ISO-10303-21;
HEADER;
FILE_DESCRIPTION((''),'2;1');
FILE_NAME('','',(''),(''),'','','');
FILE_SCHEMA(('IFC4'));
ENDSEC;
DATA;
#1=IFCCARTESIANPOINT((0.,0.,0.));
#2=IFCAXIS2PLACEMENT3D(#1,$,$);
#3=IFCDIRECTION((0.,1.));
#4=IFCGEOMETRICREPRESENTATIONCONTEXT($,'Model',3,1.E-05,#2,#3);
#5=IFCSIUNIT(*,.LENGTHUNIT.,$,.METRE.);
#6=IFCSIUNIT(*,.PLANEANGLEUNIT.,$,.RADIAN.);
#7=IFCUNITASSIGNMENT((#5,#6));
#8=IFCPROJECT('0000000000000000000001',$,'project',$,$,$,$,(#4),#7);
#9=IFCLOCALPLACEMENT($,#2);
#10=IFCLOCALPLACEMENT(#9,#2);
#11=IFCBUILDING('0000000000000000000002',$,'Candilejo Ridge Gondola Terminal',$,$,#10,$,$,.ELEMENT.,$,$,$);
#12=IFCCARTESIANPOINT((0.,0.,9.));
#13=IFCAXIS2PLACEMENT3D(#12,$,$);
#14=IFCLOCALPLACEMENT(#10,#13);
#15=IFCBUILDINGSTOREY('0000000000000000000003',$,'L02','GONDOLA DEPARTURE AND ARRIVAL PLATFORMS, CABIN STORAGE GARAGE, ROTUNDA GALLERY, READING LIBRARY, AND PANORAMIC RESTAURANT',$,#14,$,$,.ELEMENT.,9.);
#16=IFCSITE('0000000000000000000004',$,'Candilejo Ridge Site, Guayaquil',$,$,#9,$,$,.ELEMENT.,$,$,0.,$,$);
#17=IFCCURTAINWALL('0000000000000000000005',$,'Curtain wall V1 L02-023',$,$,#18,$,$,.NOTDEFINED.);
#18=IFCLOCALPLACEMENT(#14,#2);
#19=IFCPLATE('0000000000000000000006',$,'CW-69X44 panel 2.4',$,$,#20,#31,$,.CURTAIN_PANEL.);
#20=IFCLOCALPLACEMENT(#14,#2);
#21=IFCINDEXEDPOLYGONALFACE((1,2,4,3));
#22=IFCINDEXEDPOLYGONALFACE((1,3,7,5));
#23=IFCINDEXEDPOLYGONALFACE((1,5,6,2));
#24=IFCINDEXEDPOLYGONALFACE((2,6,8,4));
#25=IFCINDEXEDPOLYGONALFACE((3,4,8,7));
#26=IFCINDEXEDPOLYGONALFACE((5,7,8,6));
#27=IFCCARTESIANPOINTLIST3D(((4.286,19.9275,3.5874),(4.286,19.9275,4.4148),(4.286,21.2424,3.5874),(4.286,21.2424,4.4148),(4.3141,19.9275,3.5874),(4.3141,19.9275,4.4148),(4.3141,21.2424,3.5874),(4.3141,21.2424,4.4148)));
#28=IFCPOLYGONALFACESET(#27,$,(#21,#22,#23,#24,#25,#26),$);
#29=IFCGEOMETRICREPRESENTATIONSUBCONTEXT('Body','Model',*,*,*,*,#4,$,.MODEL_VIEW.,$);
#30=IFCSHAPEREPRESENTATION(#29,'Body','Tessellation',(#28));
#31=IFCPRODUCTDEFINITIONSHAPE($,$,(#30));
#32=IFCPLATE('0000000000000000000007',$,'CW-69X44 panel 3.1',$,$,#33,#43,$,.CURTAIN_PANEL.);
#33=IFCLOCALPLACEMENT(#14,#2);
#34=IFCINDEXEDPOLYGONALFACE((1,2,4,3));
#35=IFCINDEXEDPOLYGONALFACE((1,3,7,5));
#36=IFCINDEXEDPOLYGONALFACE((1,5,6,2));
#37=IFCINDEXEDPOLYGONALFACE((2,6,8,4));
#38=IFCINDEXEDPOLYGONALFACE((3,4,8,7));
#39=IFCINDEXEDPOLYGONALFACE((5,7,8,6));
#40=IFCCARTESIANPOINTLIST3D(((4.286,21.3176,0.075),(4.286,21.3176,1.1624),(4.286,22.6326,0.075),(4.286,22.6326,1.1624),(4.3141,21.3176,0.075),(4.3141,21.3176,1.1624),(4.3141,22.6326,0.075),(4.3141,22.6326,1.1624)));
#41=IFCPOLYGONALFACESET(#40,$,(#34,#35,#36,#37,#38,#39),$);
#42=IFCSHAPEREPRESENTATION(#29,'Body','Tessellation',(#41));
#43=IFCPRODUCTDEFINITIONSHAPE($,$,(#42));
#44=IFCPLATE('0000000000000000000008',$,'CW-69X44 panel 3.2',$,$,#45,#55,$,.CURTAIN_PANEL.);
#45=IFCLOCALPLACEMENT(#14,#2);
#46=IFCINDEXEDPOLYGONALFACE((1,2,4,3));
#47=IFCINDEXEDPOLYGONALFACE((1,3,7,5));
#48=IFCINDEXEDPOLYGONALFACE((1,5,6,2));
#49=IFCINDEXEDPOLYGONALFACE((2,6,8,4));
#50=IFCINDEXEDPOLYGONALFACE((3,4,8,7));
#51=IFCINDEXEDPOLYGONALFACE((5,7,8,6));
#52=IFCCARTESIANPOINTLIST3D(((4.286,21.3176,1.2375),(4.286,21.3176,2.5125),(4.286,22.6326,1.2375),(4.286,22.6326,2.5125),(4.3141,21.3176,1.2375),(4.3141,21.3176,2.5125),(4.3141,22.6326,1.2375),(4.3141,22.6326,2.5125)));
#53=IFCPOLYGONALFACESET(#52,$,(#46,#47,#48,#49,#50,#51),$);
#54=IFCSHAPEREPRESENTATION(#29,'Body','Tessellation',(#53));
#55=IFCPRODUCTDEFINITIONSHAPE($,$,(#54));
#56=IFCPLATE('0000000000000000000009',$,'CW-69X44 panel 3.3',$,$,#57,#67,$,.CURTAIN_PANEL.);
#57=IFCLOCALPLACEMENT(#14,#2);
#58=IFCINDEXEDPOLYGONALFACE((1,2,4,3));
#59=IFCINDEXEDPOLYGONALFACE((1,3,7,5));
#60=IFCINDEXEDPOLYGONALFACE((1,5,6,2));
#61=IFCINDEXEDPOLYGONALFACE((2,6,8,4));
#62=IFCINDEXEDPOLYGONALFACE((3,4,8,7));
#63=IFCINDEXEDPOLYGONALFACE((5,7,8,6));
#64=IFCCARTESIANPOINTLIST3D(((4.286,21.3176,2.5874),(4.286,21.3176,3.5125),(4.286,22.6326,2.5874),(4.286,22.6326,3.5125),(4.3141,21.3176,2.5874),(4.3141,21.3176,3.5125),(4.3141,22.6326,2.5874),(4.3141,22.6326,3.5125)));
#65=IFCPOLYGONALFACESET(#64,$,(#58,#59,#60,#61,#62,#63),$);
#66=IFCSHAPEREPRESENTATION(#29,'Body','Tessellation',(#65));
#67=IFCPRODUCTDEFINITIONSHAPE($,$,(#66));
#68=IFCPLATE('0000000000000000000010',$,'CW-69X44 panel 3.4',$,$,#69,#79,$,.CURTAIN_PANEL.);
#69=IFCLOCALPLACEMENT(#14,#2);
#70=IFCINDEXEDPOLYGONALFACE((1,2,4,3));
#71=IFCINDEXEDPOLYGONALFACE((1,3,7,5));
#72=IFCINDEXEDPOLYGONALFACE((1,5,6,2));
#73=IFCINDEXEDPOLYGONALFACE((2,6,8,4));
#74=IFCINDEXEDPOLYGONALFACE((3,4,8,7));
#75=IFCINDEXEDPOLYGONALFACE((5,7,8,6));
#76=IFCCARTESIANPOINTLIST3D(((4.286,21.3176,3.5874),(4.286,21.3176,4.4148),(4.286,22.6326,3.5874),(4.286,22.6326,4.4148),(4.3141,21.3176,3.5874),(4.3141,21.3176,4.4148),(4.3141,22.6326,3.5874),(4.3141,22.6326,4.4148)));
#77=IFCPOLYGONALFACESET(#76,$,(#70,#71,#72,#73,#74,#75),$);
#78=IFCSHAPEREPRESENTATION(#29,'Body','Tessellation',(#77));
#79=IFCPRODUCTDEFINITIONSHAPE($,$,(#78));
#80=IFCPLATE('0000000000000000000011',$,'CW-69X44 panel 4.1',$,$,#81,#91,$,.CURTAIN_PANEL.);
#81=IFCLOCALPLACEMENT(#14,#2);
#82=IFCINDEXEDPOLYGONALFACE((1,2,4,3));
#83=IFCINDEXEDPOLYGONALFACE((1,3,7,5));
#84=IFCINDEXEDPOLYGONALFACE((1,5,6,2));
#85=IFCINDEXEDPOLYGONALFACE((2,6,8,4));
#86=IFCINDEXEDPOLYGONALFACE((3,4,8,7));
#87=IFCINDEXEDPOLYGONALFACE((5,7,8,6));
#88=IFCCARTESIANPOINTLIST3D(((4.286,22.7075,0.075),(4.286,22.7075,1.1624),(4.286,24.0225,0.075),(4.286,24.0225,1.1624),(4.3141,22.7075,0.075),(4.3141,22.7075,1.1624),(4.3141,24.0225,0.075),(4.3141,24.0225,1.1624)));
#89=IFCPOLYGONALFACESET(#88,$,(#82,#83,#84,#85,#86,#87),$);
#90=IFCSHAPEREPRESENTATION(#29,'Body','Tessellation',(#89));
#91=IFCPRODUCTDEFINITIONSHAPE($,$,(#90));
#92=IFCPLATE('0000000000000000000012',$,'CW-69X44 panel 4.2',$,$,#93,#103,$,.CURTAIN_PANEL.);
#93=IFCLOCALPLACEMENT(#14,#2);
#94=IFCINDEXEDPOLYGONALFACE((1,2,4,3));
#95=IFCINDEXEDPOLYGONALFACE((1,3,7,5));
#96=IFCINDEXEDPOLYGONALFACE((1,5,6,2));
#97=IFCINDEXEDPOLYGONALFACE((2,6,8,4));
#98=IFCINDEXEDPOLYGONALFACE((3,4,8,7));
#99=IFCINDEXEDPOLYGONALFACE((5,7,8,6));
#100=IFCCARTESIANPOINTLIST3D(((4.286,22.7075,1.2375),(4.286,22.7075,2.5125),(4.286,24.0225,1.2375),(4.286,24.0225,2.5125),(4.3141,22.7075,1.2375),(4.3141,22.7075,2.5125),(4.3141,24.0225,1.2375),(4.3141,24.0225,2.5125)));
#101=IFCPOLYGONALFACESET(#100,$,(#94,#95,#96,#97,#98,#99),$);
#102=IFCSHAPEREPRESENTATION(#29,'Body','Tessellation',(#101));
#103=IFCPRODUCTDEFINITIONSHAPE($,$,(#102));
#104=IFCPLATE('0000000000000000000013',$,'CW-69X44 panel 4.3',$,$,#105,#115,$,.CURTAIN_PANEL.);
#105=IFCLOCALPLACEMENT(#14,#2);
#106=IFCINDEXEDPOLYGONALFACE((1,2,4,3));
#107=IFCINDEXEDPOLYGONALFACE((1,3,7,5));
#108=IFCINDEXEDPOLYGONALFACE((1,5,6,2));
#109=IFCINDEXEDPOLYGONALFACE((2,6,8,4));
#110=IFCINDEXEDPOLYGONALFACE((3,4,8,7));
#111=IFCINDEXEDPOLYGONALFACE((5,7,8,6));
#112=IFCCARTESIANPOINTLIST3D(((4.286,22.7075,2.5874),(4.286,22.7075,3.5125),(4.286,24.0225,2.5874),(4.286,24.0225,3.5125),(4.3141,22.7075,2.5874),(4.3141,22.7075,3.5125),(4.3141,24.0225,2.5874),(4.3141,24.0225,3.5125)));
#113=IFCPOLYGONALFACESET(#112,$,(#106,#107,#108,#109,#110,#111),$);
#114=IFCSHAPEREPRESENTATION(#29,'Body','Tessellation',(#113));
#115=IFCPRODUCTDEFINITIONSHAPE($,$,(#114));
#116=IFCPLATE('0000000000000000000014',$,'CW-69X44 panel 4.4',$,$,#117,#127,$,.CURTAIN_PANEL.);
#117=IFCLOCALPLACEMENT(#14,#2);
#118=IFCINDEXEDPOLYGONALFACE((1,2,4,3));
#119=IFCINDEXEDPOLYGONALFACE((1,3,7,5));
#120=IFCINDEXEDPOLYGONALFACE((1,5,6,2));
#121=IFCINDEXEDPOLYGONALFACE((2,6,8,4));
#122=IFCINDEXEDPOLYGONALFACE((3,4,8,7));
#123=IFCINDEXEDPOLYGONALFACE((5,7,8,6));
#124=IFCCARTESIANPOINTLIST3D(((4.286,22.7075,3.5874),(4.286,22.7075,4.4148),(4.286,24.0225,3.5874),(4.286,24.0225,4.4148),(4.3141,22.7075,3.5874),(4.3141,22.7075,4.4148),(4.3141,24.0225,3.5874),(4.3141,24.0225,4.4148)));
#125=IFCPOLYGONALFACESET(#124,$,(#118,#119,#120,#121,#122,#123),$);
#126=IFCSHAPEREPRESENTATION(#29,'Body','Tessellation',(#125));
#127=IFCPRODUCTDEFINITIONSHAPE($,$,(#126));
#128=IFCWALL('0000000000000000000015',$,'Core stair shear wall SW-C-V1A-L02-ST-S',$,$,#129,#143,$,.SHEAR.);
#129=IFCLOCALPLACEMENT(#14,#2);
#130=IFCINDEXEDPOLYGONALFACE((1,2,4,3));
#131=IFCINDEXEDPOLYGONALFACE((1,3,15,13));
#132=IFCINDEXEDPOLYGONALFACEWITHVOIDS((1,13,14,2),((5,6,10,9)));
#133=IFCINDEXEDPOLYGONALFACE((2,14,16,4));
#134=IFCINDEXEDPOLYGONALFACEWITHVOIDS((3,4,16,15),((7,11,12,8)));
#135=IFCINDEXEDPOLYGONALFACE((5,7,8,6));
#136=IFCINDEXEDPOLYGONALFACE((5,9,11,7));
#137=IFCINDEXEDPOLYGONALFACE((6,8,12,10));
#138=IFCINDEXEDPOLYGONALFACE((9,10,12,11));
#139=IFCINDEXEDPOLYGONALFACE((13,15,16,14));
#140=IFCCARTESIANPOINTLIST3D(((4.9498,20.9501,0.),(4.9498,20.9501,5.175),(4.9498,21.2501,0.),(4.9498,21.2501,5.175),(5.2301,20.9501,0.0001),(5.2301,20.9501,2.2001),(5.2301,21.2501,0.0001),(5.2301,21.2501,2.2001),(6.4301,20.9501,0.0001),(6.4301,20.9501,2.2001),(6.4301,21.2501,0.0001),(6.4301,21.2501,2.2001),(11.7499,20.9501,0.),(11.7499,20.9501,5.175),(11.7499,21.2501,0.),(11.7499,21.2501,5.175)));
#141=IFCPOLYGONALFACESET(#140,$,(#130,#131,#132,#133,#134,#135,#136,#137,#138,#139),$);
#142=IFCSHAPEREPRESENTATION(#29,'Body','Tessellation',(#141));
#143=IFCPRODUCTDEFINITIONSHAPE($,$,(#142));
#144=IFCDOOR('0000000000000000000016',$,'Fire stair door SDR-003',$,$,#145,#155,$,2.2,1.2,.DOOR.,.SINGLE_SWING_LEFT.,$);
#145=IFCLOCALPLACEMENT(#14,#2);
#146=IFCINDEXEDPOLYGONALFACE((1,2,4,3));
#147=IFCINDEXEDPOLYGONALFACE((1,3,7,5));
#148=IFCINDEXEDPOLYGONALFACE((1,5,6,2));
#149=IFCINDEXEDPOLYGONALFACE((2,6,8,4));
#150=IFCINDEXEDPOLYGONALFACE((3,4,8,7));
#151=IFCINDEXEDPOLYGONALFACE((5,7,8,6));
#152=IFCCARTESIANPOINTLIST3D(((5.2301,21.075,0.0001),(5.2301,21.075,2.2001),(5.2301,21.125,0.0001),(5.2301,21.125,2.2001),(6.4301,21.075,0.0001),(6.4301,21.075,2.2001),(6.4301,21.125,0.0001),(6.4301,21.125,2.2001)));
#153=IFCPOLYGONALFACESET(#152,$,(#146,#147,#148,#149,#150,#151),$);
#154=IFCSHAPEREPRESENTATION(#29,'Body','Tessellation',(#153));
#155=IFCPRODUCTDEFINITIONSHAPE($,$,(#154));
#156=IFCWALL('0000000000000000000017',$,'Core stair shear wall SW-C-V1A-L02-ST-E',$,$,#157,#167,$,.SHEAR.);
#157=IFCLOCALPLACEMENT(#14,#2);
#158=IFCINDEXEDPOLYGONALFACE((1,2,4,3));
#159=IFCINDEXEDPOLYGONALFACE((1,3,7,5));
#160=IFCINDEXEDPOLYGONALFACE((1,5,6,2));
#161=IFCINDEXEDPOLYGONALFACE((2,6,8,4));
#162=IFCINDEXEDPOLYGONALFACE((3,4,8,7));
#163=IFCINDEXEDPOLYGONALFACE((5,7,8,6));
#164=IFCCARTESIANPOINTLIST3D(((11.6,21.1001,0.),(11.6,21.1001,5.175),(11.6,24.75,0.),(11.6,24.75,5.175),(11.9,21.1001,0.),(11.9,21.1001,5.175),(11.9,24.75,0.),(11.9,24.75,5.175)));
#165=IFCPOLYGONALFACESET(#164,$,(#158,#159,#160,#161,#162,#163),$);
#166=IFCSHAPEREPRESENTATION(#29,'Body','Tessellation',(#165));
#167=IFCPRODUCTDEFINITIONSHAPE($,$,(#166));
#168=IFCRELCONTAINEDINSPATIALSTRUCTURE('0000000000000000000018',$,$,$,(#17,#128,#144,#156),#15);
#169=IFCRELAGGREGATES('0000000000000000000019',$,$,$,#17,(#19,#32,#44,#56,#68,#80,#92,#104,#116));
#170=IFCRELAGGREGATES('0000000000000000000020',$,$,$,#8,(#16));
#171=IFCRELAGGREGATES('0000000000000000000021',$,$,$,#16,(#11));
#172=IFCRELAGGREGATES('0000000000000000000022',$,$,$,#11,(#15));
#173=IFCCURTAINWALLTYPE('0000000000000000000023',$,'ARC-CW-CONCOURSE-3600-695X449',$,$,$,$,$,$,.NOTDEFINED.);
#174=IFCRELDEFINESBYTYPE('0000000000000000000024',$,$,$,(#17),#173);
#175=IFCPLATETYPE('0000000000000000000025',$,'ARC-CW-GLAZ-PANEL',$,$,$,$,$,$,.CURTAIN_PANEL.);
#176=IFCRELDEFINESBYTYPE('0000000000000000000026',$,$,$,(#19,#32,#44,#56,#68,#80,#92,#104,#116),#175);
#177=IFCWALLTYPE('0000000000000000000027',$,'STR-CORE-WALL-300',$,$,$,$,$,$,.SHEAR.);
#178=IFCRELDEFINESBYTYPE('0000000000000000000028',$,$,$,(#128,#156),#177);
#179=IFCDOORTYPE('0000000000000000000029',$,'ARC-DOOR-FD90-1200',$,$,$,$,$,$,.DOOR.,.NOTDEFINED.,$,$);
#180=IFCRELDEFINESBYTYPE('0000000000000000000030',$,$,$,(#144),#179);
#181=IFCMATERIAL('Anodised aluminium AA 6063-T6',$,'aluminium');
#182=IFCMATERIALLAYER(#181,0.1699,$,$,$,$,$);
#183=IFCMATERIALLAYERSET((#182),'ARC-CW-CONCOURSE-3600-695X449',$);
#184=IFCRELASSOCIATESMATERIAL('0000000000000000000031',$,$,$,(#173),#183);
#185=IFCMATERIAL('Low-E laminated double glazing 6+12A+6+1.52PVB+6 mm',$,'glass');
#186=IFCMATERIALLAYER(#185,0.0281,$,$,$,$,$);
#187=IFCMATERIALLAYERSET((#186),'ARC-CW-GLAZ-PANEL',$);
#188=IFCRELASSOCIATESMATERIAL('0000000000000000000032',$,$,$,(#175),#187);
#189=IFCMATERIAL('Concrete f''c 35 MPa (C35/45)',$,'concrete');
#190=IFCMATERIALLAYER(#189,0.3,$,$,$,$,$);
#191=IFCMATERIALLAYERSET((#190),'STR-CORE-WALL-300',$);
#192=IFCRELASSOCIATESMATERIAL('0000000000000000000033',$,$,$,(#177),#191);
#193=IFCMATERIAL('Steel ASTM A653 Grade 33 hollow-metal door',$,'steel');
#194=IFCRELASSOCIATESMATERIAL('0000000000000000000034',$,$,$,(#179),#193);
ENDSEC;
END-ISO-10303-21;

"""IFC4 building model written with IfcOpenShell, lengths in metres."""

from ifc_helpers import new_model, si_unit, direction, frame, frame_2d, origin, origin_2d, place, context, subcontext, project, spatial, rectangle, extrude, material, layer, layer_set, type_object, element, fill, aggregate, save


model = new_model("IFC4")

# Units and contexts
model_context = context("Model", 3, precision=1e-05, world=origin(), true_north=direction((0.0, 1.0)))
body_context = subcontext(model_context, "Body", "Model", "MODEL_VIEW")
ifc_project = project(units=[si_unit("LENGTHUNIT", "METRE"), si_unit("PLANEANGLEUNIT", "RADIAN")], contexts=[model_context])

# Site, building, storey
site_placement = place(None, origin())
site = spatial("IfcSite", under=ifc_project, at=site_placement, Name="Candilejo Ridge Site, Guayaquil", CompositionType="ELEMENT", RefElevation=0.0)
building_placement = place(site_placement, origin())
building = spatial("IfcBuilding", under=site, at=building_placement, Name="Candilejo Ridge Gondola Terminal", CompositionType="ELEMENT")
storey_placement = place(building_placement, frame((0.0, 0.0, 9.0)))
storey = spatial("IfcBuildingStorey", under=building, at=storey_placement, Name="L02", Description="GONDOLA DEPARTURE AND ARRIVAL PLATFORMS, CABIN STORAGE GARAGE, ROTUNDA GALLERY, READING LIBRARY, AND PANORAMIC RESTAURANT", CompositionType="ELEMENT", Elevation=9.0)

# Curtain wall, plates
ifc_material_1 = material(Name="Anodised aluminium AA 6063-T6", Category="aluminium")
ifc_layer_1 = layer(ifc_material_1, 0.1699)
ifc_layer_set_1 = layer_set([ifc_layer_1], Name="ARC-CW-CONCOURSE-3600-695X449")
curtain_wall_type = type_object("IfcCurtainWallType", Name="ARC-CW-CONCOURSE-3600-695X449", PredefinedType="NOTDEFINED", material=ifc_layer_set_1)
curtain_wall_placement = place(storey_placement, origin())
curtain_wall = element("IfcCurtainWall", 1, at=curtain_wall_placement, inside=storey, type_object=curtain_wall_type, Name="Curtain wall V1 L02-023", PredefinedType="NOTDEFINED")
ifc_material_2 = material(Name="Low-E laminated double glazing 6+12A+6+1.52PVB+6 mm", Category="glass")
ifc_layer_2 = layer(ifc_material_2, 0.0281)
ifc_layer_set_2 = layer_set([ifc_layer_2], Name="ARC-CW-GLAZ-PANEL")
plate_type = type_object("IfcPlateType", Name="ARC-CW-GLAZ-PANEL", PredefinedType="CURTAIN_PANEL", material=ifc_layer_set_2)
plate_1_placement = place(storey_placement, frame((4.3, 20.585, 3.5874), z_axis=(0.0, 0.0, 1.0), x_axis=(0.0, 1.0, 0.0)))
plate_1 = element("IfcPlate", 2, at=plate_1_placement, type_object=plate_type, Name="CW-69X44 panel 2.4", PredefinedType="CURTAIN_PANEL", context=body_context, shape_type="SweptSolid", body=[
    extrude(rectangle(XDim=1.3149, YDim=0.0281, at=origin_2d()), origin(), (0.0, 0.0, 1.0), 0.8274),
])
plate_2_placement = place(storey_placement, frame((4.3, 21.9751, 0.075), z_axis=(0.0, 0.0, 1.0), x_axis=(0.0, 1.0, 0.0)))
plate_2 = element("IfcPlate", 3, at=plate_2_placement, type_object=plate_type, Name="CW-69X44 panel 3.1", PredefinedType="CURTAIN_PANEL", context=body_context, shape_type="SweptSolid", body=[
    extrude(rectangle(XDim=1.3149, YDim=0.0281, at=origin_2d()), origin(), (0.0, 0.0, 1.0), 1.0874),
])
plate_3_placement = place(storey_placement, frame((4.3, 21.9751, 1.2375), z_axis=(0.0, 0.0, 1.0), x_axis=(0.0, 1.0, 0.0)))
plate_3 = element("IfcPlate", 4, at=plate_3_placement, type_object=plate_type, Name="CW-69X44 panel 3.2", PredefinedType="CURTAIN_PANEL", context=body_context, shape_type="SweptSolid", body=[
    extrude(rectangle(XDim=1.3149, YDim=0.0281, at=origin_2d()), origin(), (0.0, 0.0, 1.0), 1.2749),
])
plate_4_placement = place(storey_placement, frame((4.3, 21.9751, 2.5874), z_axis=(0.0, 0.0, 1.0), x_axis=(0.0, 1.0, 0.0)))
plate_4 = element("IfcPlate", 5, at=plate_4_placement, type_object=plate_type, Name="CW-69X44 panel 3.3", PredefinedType="CURTAIN_PANEL", context=body_context, shape_type="SweptSolid", body=[
    extrude(rectangle(XDim=1.3149, YDim=0.0281, at=origin_2d()), origin(), (0.0, 0.0, 1.0), 0.925),
])
plate_5_placement = place(storey_placement, frame((4.3, 21.9751, 3.5874), z_axis=(0.0, 0.0, 1.0), x_axis=(0.0, 1.0, 0.0)))
plate_5 = element("IfcPlate", 6, at=plate_5_placement, type_object=plate_type, Name="CW-69X44 panel 3.4", PredefinedType="CURTAIN_PANEL", context=body_context, shape_type="SweptSolid", body=[
    extrude(rectangle(XDim=1.3149, YDim=0.0281, at=origin_2d()), origin(), (0.0, 0.0, 1.0), 0.8274),
])
plate_6_placement = place(storey_placement, frame((4.3, 23.365, 0.075), z_axis=(0.0, 0.0, 1.0), x_axis=(0.0, 1.0, 0.0)))
plate_6 = element("IfcPlate", 7, at=plate_6_placement, type_object=plate_type, Name="CW-69X44 panel 4.1", PredefinedType="CURTAIN_PANEL", context=body_context, shape_type="SweptSolid", body=[
    extrude(rectangle(XDim=1.3149, YDim=0.0281, at=origin_2d()), origin(), (0.0, 0.0, 1.0), 1.0874),
])
plate_7_placement = place(storey_placement, frame((4.3, 23.365, 1.2375), z_axis=(0.0, 0.0, 1.0), x_axis=(0.0, 1.0, 0.0)))
plate_7 = element("IfcPlate", 8, at=plate_7_placement, type_object=plate_type, Name="CW-69X44 panel 4.2", PredefinedType="CURTAIN_PANEL", context=body_context, shape_type="SweptSolid", body=[
    extrude(rectangle(XDim=1.3149, YDim=0.0281, at=origin_2d()), origin(), (0.0, 0.0, 1.0), 1.2749),
])
plate_8_placement = place(storey_placement, frame((4.3, 23.365, 2.5874), z_axis=(0.0, 0.0, 1.0), x_axis=(0.0, 1.0, 0.0)))
plate_8 = element("IfcPlate", 9, at=plate_8_placement, type_object=plate_type, Name="CW-69X44 panel 4.3", PredefinedType="CURTAIN_PANEL", context=body_context, shape_type="SweptSolid", body=[
    extrude(rectangle(XDim=1.3149, YDim=0.0281, at=origin_2d()), origin(), (0.0, 0.0, 1.0), 0.925),
])
plate_9_placement = place(storey_placement, frame((4.3, 23.365, 3.5874), z_axis=(0.0, 0.0, 1.0), x_axis=(0.0, 1.0, 0.0)))
plate_9 = element("IfcPlate", 10, at=plate_9_placement, type_object=plate_type, Name="CW-69X44 panel 4.4", PredefinedType="CURTAIN_PANEL", context=body_context, shape_type="SweptSolid", body=[
    extrude(rectangle(XDim=1.3149, YDim=0.0281, at=origin_2d()), origin(), (0.0, 0.0, 1.0), 0.8274),
])
aggregate(curtain_wall, [plate_1, plate_2, plate_3, plate_4, plate_5, plate_6, plate_7, plate_8, plate_9])

# Wall, opening, door
ifc_material_3 = material(Name="Concrete f'c 35 MPa (C35/45)", Category="concrete")
ifc_layer_3 = layer(ifc_material_3, 0.3)
ifc_layer_set_3 = layer_set([ifc_layer_3], Name="STR-CORE-WALL-300")
wall_type = type_object("IfcWallType", Name="STR-CORE-WALL-300", PredefinedType="SHEAR", material=ifc_layer_set_3)
wall_1_placement = place(storey_placement, frame((4.95, 21.1001, 0.0), z_axis=(0.0, 0.0, 1.0), x_axis=(1.0, 0.0, 0.0)))
wall_1 = element("IfcWall", 11, at=wall_1_placement, inside=storey, type_object=wall_type, Name="Core stair shear wall SW-C-V1A-L02-ST-S", PredefinedType="SHEAR", context=body_context, shape_type="SweptSolid", body=[
    extrude(rectangle(XDim=6.8, YDim=0.3, at=frame_2d((3.3999, 0.0))), origin(), (0.0, 0.0, 1.0), 5.175),
])
opening_placement = place(wall_1_placement, frame((0.28, 0.0, 0.0)))
opening = element("IfcOpeningElement", 12, at=opening_placement, cuts=wall_1, PredefinedType="OPENING", context=body_context, shape_type="SweptSolid", body=[
    extrude(rectangle(XDim=1.2, YDim=2.2, at=frame_2d((0.6001, 1.1001))), frame((0.0, 0.1599, 0.0), z_axis=(0.0, -1.0, 0.0), x_axis=(1.0, 0.0, 0.0)), (0.0, 0.0, 1.0), 0.3201),
])
ifc_material_4 = material(Name="Steel ASTM A653 Grade 33 hollow-metal door", Category="steel")
door_type = type_object("IfcDoorType", Name="ARC-DOOR-FD90-1200", OperationType="NOTDEFINED", PredefinedType="DOOR", material=ifc_material_4)
door_placement = place(opening_placement, origin())
door = element("IfcDoor", 13, at=door_placement, inside=storey, type_object=door_type, Name="Fire stair door SDR-003", OperationType="SINGLE_SWING_LEFT", OverallHeight=2.2, OverallWidth=1.2, PredefinedType="DOOR", context=body_context, shape_type="SweptSolid", body=[
    extrude(rectangle(XDim=1.2, YDim=2.2, at=frame_2d((0.6001, 1.1001))), frame((0.0, 0.0249, 0.0), z_axis=(0.0, -1.0, 0.0), x_axis=(1.0, 0.0, 0.0)), (0.0, 0.0, 1.0), 0.05),
])
fill(opening, door)

# Wall
wall_2_placement = place(storey_placement, frame((11.75, 21.1001, 0.0), z_axis=(0.0, 0.0, 1.0), x_axis=(0.0, 1.0, 0.0)))
element("IfcWall", 14, at=wall_2_placement, inside=storey, type_object=wall_type, Name="Core stair shear wall SW-C-V1A-L02-ST-E", PredefinedType="SHEAR", context=body_context, shape_type="SweptSolid", body=[
    extrude(rectangle(XDim=3.6499, YDim=0.3, at=frame_2d((1.825, 0.0))), origin(), (0.0, 0.0, 1.0), 5.175),
])

save(model, "model.ifc")
